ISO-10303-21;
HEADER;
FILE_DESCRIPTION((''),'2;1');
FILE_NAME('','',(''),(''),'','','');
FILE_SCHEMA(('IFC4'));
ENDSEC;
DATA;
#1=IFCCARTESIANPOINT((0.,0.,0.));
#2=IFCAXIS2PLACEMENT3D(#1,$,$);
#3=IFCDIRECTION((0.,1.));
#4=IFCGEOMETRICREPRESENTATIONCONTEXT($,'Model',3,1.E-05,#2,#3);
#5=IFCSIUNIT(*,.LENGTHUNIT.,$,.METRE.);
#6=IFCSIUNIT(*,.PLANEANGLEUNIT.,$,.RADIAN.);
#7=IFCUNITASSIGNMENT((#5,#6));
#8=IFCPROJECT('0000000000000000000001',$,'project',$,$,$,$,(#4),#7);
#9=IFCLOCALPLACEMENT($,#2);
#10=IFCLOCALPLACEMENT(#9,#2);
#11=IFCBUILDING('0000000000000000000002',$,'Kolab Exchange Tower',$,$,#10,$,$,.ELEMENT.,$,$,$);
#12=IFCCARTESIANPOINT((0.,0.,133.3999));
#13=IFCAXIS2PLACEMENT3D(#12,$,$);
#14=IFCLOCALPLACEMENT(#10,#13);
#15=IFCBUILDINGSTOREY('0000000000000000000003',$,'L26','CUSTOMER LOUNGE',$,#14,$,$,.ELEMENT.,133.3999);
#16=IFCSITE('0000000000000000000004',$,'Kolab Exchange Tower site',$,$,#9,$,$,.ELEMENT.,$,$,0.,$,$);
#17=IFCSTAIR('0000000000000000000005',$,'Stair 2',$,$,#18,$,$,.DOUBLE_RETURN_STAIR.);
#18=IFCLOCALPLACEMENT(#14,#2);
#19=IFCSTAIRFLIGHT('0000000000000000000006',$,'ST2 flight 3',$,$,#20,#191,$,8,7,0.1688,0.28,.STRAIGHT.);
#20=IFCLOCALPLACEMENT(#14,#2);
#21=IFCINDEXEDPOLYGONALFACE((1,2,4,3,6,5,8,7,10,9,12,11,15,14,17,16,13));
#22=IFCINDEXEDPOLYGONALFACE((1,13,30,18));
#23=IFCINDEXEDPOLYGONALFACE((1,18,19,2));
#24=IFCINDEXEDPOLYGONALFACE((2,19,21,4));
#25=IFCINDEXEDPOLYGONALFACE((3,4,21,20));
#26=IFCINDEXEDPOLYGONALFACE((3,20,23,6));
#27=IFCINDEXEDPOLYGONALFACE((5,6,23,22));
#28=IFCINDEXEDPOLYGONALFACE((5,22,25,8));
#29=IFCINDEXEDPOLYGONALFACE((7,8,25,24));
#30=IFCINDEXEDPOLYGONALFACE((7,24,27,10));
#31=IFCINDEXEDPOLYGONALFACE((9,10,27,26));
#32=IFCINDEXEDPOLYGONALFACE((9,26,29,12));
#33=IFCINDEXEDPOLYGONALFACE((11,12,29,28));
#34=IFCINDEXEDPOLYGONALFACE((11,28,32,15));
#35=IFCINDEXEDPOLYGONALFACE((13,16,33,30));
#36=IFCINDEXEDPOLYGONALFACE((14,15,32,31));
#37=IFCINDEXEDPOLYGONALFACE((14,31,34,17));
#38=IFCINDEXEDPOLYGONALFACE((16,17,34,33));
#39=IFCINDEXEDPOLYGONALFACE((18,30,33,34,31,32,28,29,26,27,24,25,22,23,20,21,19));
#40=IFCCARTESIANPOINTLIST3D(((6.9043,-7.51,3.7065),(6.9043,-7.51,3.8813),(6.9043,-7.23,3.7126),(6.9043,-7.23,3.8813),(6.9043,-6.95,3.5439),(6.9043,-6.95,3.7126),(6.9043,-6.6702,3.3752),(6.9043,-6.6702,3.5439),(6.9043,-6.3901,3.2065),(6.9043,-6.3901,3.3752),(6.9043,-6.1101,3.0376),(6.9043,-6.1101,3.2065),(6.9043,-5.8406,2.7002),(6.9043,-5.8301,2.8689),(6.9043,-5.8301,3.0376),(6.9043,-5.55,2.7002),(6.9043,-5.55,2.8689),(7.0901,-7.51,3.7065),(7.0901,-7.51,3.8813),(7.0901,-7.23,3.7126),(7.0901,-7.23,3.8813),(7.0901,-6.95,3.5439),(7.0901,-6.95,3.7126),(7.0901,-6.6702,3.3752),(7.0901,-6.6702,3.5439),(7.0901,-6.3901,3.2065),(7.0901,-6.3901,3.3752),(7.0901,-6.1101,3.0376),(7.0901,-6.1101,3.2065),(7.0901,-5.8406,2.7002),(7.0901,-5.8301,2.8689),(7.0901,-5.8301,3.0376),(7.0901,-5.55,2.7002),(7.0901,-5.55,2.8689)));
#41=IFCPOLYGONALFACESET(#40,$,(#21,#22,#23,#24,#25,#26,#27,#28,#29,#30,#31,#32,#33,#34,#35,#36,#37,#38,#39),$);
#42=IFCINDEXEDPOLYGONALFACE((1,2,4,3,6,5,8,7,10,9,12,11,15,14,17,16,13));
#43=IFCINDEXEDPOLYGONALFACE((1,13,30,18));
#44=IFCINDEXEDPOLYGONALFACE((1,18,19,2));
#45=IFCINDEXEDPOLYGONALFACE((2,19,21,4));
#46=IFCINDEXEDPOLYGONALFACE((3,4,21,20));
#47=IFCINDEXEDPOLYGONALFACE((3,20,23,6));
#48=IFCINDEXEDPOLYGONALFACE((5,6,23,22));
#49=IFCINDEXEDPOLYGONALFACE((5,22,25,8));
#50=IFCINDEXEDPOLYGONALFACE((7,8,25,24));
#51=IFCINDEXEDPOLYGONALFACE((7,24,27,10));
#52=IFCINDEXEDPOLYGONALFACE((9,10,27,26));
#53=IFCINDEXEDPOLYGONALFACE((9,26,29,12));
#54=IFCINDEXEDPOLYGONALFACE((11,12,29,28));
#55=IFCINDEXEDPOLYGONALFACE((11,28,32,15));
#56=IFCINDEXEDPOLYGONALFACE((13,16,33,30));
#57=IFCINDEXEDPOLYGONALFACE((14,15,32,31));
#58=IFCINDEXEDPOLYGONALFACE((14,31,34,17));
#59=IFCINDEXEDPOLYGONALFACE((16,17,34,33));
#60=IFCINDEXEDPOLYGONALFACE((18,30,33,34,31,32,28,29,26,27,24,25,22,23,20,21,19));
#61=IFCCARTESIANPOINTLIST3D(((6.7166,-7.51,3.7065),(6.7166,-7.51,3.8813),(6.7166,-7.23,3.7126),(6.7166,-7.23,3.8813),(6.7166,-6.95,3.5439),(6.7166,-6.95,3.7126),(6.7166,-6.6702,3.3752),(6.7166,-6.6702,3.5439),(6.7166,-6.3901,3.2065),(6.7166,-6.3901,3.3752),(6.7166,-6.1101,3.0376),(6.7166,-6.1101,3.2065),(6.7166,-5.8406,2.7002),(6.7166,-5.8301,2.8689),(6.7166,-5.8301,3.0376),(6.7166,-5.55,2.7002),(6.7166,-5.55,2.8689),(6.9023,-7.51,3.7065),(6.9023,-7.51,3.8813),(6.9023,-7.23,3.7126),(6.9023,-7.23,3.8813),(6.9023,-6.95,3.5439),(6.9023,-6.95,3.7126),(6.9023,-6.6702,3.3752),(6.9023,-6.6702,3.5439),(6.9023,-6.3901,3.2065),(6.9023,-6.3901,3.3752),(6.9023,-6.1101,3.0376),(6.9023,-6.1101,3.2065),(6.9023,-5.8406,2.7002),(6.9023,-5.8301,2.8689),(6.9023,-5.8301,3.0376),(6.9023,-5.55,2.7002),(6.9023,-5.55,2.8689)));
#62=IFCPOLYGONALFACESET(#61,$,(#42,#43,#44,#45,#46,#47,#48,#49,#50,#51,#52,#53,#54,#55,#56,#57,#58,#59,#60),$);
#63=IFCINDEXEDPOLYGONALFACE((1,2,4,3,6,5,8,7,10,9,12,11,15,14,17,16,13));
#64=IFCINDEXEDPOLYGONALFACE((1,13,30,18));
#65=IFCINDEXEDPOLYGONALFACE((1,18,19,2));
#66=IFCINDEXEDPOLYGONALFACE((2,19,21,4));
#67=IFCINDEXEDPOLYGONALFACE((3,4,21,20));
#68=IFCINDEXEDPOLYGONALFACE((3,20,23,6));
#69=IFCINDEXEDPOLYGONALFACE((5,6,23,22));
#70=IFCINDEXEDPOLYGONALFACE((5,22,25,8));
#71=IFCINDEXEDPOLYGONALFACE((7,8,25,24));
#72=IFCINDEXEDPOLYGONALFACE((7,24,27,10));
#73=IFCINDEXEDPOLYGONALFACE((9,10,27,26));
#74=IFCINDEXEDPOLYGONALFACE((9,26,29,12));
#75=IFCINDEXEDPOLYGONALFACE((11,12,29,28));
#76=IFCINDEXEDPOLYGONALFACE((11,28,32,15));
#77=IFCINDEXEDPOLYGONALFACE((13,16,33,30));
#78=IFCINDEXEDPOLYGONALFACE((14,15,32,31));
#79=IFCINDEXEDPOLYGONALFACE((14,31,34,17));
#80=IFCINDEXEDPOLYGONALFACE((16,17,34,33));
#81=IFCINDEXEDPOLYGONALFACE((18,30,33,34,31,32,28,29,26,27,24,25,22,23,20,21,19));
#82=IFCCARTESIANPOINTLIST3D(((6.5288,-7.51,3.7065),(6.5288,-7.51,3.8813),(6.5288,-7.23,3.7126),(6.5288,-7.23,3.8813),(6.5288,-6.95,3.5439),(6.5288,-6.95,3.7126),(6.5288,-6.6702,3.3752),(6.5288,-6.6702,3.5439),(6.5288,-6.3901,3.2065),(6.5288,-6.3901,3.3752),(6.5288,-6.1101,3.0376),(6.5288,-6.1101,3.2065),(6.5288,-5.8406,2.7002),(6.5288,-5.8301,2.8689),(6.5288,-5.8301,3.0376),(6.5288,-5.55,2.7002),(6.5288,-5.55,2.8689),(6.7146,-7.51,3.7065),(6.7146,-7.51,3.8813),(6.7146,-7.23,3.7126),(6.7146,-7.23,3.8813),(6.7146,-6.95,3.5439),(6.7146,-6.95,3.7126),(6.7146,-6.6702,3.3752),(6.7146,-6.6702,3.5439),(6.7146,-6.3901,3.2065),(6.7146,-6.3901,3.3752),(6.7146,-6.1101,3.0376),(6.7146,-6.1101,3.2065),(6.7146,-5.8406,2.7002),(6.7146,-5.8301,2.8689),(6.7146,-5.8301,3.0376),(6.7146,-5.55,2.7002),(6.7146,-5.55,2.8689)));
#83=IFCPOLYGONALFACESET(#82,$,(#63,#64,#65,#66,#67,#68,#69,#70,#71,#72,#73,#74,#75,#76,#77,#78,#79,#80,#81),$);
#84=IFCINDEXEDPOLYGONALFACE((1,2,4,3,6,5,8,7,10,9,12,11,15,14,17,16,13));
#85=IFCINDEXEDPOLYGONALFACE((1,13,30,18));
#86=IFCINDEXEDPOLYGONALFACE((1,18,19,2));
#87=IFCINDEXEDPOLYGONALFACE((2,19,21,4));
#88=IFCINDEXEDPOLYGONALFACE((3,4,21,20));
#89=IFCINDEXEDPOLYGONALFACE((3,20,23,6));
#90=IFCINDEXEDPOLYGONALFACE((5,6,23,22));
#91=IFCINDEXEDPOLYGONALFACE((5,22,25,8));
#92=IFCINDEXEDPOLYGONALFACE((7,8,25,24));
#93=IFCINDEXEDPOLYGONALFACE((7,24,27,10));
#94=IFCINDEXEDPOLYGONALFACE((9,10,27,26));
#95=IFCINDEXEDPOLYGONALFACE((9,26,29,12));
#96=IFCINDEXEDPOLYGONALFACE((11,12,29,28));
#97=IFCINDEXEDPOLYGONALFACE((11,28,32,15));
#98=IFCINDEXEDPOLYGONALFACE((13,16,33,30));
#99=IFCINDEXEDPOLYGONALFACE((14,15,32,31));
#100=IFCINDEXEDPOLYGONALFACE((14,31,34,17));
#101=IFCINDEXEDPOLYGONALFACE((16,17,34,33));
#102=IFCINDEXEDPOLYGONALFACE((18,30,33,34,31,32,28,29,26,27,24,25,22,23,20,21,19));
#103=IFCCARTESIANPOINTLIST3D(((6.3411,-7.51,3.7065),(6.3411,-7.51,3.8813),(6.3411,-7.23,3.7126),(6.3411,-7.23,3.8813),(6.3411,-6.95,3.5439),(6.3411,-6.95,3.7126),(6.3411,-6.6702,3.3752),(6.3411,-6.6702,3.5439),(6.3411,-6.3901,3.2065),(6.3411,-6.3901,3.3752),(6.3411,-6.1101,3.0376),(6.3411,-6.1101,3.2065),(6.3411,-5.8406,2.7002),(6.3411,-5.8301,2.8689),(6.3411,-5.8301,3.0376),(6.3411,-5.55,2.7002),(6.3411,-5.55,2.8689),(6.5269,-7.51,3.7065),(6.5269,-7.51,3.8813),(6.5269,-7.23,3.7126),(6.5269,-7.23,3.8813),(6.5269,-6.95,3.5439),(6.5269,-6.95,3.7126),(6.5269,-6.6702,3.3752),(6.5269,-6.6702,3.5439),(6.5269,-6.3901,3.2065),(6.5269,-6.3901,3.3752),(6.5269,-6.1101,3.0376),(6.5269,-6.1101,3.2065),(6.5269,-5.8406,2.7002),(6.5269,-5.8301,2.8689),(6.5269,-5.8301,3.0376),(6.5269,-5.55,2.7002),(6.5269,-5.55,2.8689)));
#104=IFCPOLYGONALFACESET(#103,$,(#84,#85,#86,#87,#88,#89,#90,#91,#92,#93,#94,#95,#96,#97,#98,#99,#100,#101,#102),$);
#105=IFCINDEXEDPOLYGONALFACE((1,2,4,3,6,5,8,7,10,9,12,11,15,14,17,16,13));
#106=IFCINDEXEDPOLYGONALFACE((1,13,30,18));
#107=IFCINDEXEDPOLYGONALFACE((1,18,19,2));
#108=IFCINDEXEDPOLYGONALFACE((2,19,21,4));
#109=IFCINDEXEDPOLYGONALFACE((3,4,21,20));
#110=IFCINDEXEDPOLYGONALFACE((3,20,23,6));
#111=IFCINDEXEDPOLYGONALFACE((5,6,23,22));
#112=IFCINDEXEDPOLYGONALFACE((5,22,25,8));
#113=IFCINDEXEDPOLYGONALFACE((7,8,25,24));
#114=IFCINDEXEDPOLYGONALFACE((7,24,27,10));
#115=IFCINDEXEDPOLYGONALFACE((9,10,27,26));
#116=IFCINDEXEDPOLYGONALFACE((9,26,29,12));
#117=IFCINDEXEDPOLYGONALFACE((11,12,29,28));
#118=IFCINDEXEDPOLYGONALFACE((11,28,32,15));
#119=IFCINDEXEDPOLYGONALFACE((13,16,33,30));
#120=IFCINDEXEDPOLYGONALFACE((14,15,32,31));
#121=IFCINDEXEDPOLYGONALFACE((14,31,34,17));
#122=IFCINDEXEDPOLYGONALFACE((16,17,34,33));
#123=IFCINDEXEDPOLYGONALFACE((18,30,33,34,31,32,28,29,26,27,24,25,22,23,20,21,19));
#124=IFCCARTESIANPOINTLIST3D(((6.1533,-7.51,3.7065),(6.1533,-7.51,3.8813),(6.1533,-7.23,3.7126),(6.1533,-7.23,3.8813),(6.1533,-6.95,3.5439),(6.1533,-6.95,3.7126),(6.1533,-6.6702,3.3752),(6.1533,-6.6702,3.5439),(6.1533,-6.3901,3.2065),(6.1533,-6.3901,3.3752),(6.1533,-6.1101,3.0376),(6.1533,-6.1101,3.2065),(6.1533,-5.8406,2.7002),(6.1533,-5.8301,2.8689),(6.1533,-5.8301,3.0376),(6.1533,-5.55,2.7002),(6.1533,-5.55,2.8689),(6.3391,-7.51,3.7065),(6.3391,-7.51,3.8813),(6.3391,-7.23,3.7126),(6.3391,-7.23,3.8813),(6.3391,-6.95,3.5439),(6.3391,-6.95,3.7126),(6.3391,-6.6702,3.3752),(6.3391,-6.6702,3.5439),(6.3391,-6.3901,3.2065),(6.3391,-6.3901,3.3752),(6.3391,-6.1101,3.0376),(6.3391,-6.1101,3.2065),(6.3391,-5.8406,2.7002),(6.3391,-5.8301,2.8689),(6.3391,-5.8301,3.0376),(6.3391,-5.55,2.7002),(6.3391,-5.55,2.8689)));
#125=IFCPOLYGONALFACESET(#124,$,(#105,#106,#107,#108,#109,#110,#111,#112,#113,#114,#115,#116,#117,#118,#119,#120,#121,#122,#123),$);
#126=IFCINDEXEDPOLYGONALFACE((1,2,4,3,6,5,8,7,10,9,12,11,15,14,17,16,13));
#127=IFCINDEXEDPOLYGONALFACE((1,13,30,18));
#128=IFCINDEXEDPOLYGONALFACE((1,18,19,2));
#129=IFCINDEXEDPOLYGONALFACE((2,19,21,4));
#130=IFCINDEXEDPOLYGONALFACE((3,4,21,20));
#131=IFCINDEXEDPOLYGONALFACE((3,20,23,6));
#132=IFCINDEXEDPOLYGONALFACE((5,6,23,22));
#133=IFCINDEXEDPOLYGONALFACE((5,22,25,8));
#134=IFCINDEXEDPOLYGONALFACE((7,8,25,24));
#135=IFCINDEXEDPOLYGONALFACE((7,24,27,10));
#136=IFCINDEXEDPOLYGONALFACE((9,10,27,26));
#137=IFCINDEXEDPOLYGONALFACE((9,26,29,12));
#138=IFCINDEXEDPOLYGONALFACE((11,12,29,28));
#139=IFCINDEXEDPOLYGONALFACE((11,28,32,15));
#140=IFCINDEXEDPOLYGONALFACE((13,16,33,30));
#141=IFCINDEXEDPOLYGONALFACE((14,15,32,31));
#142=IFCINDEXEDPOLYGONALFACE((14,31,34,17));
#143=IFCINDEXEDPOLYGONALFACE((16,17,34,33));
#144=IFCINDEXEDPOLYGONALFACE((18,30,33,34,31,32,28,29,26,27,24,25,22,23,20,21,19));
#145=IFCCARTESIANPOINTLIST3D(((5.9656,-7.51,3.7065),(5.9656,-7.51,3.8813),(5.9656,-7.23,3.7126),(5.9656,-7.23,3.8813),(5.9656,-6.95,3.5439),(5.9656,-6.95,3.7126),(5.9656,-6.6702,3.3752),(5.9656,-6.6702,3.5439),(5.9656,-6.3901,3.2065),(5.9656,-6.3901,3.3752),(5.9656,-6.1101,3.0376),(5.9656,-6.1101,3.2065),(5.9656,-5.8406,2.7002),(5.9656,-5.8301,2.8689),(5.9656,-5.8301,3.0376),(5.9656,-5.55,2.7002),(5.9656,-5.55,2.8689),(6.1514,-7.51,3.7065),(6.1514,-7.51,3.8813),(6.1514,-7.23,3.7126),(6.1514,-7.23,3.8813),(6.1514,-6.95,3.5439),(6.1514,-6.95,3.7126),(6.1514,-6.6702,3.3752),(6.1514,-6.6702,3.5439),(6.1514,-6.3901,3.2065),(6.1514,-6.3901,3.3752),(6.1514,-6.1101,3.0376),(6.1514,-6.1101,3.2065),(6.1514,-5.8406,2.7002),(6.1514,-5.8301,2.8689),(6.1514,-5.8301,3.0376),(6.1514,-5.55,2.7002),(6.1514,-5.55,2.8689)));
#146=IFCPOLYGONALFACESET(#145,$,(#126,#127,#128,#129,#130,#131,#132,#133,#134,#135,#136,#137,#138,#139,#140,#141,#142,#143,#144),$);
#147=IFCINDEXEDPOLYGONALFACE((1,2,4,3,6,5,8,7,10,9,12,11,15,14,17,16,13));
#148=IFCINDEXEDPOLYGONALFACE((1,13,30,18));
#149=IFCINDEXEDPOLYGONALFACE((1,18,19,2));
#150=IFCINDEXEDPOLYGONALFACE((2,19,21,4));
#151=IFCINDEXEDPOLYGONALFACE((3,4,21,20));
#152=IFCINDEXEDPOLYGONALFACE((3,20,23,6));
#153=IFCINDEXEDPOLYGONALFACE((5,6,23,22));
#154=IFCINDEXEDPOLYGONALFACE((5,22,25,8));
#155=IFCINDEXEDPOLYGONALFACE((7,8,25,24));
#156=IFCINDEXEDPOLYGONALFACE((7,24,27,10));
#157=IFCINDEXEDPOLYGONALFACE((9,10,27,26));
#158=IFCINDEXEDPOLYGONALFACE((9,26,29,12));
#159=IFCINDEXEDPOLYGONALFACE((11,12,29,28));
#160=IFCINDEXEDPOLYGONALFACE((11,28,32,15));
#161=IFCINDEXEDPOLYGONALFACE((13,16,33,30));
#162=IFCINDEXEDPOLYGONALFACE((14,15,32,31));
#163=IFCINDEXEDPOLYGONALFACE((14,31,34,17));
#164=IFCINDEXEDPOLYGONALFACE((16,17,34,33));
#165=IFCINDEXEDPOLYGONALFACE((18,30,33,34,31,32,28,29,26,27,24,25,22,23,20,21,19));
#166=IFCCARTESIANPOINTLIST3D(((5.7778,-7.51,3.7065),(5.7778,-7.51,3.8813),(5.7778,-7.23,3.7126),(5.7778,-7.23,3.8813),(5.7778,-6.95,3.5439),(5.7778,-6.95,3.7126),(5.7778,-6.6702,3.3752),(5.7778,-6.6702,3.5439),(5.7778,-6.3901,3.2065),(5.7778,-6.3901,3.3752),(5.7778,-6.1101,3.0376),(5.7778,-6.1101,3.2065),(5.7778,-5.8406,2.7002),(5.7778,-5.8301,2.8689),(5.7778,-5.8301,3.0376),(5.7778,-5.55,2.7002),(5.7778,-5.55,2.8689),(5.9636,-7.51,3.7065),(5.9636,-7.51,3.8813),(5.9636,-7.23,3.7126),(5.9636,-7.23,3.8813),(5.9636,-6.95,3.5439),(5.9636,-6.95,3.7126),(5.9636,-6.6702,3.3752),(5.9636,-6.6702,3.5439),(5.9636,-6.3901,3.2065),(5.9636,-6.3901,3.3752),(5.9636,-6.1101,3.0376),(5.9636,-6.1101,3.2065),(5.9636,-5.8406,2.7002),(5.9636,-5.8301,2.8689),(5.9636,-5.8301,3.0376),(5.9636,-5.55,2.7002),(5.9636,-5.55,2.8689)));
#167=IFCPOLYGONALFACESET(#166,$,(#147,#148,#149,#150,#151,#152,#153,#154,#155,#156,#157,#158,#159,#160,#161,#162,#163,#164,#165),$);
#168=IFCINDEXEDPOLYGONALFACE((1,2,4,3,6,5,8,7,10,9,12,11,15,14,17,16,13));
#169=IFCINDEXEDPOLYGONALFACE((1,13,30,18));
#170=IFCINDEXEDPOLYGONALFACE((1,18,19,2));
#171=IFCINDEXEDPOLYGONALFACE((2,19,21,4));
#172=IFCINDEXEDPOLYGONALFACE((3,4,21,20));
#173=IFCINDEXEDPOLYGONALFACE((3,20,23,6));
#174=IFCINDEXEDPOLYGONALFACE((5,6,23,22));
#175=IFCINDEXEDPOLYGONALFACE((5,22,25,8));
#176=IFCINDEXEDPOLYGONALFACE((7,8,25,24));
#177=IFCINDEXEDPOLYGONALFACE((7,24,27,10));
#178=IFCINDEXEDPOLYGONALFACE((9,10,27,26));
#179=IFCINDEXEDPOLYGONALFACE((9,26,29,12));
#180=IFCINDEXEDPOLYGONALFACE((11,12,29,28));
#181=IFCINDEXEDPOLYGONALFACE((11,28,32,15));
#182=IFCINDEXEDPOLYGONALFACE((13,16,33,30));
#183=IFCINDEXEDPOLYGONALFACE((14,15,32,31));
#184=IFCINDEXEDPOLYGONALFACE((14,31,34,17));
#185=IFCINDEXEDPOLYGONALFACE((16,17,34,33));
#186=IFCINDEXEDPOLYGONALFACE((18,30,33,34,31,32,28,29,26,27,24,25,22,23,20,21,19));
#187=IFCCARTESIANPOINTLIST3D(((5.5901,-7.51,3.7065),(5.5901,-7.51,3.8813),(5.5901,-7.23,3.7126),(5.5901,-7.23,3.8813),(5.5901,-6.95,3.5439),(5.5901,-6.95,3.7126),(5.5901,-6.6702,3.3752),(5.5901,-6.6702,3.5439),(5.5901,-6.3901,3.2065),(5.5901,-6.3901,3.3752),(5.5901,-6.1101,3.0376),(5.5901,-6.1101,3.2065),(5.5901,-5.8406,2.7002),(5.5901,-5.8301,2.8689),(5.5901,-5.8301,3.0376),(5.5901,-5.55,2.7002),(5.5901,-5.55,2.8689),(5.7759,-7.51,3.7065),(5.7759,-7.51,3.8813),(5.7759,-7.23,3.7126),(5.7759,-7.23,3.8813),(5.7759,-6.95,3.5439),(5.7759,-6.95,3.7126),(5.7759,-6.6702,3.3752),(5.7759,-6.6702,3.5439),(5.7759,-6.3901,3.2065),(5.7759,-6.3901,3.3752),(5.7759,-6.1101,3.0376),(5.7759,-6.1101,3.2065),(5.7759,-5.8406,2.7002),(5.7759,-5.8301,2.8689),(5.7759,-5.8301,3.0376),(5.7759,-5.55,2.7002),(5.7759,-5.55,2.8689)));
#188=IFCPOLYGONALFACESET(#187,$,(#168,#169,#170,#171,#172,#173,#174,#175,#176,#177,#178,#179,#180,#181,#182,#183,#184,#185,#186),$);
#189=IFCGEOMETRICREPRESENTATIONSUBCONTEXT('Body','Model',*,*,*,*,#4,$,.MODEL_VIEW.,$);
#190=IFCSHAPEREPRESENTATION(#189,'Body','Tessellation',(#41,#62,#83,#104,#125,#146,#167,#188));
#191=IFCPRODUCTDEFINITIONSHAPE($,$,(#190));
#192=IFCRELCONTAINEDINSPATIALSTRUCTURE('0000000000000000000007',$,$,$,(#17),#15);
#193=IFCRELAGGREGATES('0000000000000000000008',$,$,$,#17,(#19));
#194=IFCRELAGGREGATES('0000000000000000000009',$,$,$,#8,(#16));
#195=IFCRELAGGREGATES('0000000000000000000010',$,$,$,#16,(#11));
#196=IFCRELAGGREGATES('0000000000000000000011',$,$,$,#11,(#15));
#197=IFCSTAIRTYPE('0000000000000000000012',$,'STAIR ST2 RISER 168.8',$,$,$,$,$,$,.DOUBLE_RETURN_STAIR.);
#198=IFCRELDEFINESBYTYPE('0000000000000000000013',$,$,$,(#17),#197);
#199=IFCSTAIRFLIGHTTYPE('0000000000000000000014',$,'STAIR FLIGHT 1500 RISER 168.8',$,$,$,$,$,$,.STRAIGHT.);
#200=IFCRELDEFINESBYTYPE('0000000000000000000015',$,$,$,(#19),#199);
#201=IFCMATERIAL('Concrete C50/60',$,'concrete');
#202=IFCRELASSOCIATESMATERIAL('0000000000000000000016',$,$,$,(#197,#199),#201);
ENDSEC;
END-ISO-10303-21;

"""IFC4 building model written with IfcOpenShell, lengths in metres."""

from ifc_helpers import new_model, si_unit, direction, frame, origin, place, context, subcontext, project, spatial, polyline, outline, extrude, material, type_object, element, aggregate, save


model = new_model("IFC4")

# Units and contexts
model_context = context("Model", 3, precision=1e-05, world=origin(), true_north=direction((0.0, 1.0)))
body_context = subcontext(model_context, "Body", "Model", "MODEL_VIEW")
ifc_project = project(units=[si_unit("LENGTHUNIT", "METRE"), si_unit("PLANEANGLEUNIT", "RADIAN")], contexts=[model_context])

# Site, building, storey
site_placement = place(None, origin())
site = spatial("IfcSite", under=ifc_project, at=site_placement, Name="Kolab Exchange Tower site", CompositionType="ELEMENT", RefElevation=0.0)
building_placement = place(site_placement, origin())
building = spatial("IfcBuilding", under=site, at=building_placement, Name="Kolab Exchange Tower", CompositionType="ELEMENT")
storey_placement = place(building_placement, frame((0.0, 0.0, 133.3999)))
storey = spatial("IfcBuildingStorey", under=building, at=storey_placement, Name="L26", Description="CUSTOMER LOUNGE", CompositionType="ELEMENT", Elevation=133.3999)

# Shared definitions
ifc_material_1 = material(Name="Concrete C50/60", Category="concrete")

# Stair, stair flight
stair_type_1 = type_object("IfcStairType", Name="STAIR ST2 RISER 168.8", PredefinedType="DOUBLE_RETURN_STAIR", material=ifc_material_1)
stair_1_placement = place(storey_placement, origin())
stair_1 = element("IfcStair", 1, at=stair_1_placement, inside=storey, type_object=stair_type_1, Name="Stair 2", PredefinedType="DOUBLE_RETURN_STAIR")
stair_flight_type = type_object("IfcStairFlightType", Name="STAIR FLIGHT 1500 RISER 168.8", PredefinedType="STRAIGHT", material=ifc_material_1)
stair_flight_placement = place(storey_placement, frame((6.3401, -5.55, 2.7002), z_axis=(0.0, 0.0, 1.0), x_axis=(0.0, -1.0, 0.0)))
stair_flight = element("IfcStairFlight", 2, at=stair_flight_placement, type_object=stair_flight_type, Name="ST2 flight 3", NumberOfRisers=8, NumberOfTreads=7, PredefinedType="STRAIGHT", RiserHeight=0.1688, TreadLength=0.28, context=body_context, shape_type="SweptSolid", body=[
    extrude(outline(polyline([(0.0, 0.0), (0.0, 0.1687), (0.28, 0.1687), (0.28, 0.3374), (0.5601, 0.3374), (0.5601, 0.5063), (0.8401, 0.5063), (0.8401, 0.675), (1.1201, 0.675), (1.1201, 0.8438), (1.3999, 0.8438), (1.3999, 1.0125), (1.6799, 1.0125), (1.6799, 1.1812), (1.96, 1.1812), (1.96, 1.3501), (1.96, 1.0063), (0.2905, 0.0), (0.0, 0.0)])), frame((0.0, 0.75, 0.0), z_axis=(0.0, -1.0, 0.0), x_axis=(1.0, 0.0, 0.0)), (0.0, 0.0, 1.0), 0.1858),
    extrude(outline(polyline([(0.0, 0.0), (0.0, 0.1687), (0.28, 0.1687), (0.28, 0.3374), (0.5601, 0.3374), (0.5601, 0.5063), (0.8401, 0.5063), (0.8401, 0.675), (1.1201, 0.675), (1.1201, 0.8438), (1.3999, 0.8438), (1.3999, 1.0125), (1.6799, 1.0125), (1.6799, 1.1812), (1.96, 1.1812), (1.96, 1.3501), (1.96, 1.0063), (0.2905, 0.0), (0.0, 0.0)])), frame((0.0, 0.5623, 0.0), z_axis=(0.0, -1.0, 0.0), x_axis=(1.0, 0.0, 0.0)), (0.0, 0.0, 1.0), 0.1858),
    extrude(outline(polyline([(0.0, 0.0), (0.0, 0.1687), (0.28, 0.1687), (0.28, 0.3374), (0.5601, 0.3374), (0.5601, 0.5063), (0.8401, 0.5063), (0.8401, 0.675), (1.1201, 0.675), (1.1201, 0.8438), (1.3999, 0.8438), (1.3999, 1.0125), (1.6799, 1.0125), (1.6799, 1.1812), (1.96, 1.1812), (1.96, 1.3501), (1.96, 1.0063), (0.2905, 0.0), (0.0, 0.0)])), frame((0.0, 0.3745, 0.0), z_axis=(0.0, -1.0, 0.0), x_axis=(1.0, 0.0, 0.0)), (0.0, 0.0, 1.0), 0.1858),
    extrude(outline(polyline([(0.0, 0.0), (0.0, 0.1687), (0.28, 0.1687), (0.28, 0.3374), (0.5601, 0.3374), (0.5601, 0.5063), (0.8401, 0.5063), (0.8401, 0.675), (1.1201, 0.675), (1.1201, 0.8438), (1.3999, 0.8438), (1.3999, 1.0125), (1.6799, 1.0125), (1.6799, 1.1812), (1.96, 1.1812), (1.96, 1.3501), (1.96, 1.0063), (0.2905, 0.0), (0.0, 0.0)])), frame((0.0, 0.1868, 0.0), z_axis=(0.0, -1.0, 0.0), x_axis=(1.0, 0.0, 0.0)), (0.0, 0.0, 1.0), 0.1858),
    extrude(outline(polyline([(0.0, 0.0), (0.0, 0.1687), (0.28, 0.1687), (0.28, 0.3374), (0.5601, 0.3374), (0.5601, 0.5063), (0.8401, 0.5063), (0.8401, 0.675), (1.1201, 0.675), (1.1201, 0.8438), (1.3999, 0.8438), (1.3999, 1.0125), (1.6799, 1.0125), (1.6799, 1.1812), (1.96, 1.1812), (1.96, 1.3501), (1.96, 1.0063), (0.2905, 0.0), (0.0, 0.0)])), frame((0.0, -0.001, 0.0), z_axis=(0.0, -1.0, 0.0), x_axis=(1.0, 0.0, 0.0)), (0.0, 0.0, 1.0), 0.1858),
    extrude(outline(polyline([(0.0, 0.0), (0.0, 0.1687), (0.28, 0.1687), (0.28, 0.3374), (0.5601, 0.3374), (0.5601, 0.5063), (0.8401, 0.5063), (0.8401, 0.675), (1.1201, 0.675), (1.1201, 0.8438), (1.3999, 0.8438), (1.3999, 1.0125), (1.6799, 1.0125), (1.6799, 1.1812), (1.96, 1.1812), (1.96, 1.3501), (1.96, 1.0063), (0.2905, 0.0), (0.0, 0.0)])), frame((0.0, -0.1887, 0.0), z_axis=(0.0, -1.0, 0.0), x_axis=(1.0, 0.0, 0.0)), (0.0, 0.0, 1.0), 0.1858),
    extrude(outline(polyline([(0.0, 0.0), (0.0, 0.1687), (0.28, 0.1687), (0.28, 0.3374), (0.5601, 0.3374), (0.5601, 0.5063), (0.8401, 0.5063), (0.8401, 0.675), (1.1201, 0.675), (1.1201, 0.8438), (1.3999, 0.8438), (1.3999, 1.0125), (1.6799, 1.0125), (1.6799, 1.1812), (1.96, 1.1812), (1.96, 1.3501), (1.96, 1.0063), (0.2905, 0.0), (0.0, 0.0)])), frame((0.0, -0.3765, 0.0), z_axis=(0.0, -1.0, 0.0), x_axis=(1.0, 0.0, 0.0)), (0.0, 0.0, 1.0), 0.1858),
    extrude(outline(polyline([(0.0, 0.0), (0.0, 0.1687), (0.28, 0.1687), (0.28, 0.3374), (0.5601, 0.3374), (0.5601, 0.5063), (0.8401, 0.5063), (0.8401, 0.675), (1.1201, 0.675), (1.1201, 0.8438), (1.3999, 0.8438), (1.3999, 1.0125), (1.6799, 1.0125), (1.6799, 1.1812), (1.96, 1.1812), (1.96, 1.3501), (1.96, 1.0063), (0.2905, 0.0), (0.0, 0.0)])), frame((0.0, -0.5642, 0.0), z_axis=(0.0, -1.0, 0.0), x_axis=(1.0, 0.0, 0.0)), (0.0, 0.0, 1.0), 0.1858),
])
aggregate(stair_1, [stair_flight])

save(model, "model.ifc")
